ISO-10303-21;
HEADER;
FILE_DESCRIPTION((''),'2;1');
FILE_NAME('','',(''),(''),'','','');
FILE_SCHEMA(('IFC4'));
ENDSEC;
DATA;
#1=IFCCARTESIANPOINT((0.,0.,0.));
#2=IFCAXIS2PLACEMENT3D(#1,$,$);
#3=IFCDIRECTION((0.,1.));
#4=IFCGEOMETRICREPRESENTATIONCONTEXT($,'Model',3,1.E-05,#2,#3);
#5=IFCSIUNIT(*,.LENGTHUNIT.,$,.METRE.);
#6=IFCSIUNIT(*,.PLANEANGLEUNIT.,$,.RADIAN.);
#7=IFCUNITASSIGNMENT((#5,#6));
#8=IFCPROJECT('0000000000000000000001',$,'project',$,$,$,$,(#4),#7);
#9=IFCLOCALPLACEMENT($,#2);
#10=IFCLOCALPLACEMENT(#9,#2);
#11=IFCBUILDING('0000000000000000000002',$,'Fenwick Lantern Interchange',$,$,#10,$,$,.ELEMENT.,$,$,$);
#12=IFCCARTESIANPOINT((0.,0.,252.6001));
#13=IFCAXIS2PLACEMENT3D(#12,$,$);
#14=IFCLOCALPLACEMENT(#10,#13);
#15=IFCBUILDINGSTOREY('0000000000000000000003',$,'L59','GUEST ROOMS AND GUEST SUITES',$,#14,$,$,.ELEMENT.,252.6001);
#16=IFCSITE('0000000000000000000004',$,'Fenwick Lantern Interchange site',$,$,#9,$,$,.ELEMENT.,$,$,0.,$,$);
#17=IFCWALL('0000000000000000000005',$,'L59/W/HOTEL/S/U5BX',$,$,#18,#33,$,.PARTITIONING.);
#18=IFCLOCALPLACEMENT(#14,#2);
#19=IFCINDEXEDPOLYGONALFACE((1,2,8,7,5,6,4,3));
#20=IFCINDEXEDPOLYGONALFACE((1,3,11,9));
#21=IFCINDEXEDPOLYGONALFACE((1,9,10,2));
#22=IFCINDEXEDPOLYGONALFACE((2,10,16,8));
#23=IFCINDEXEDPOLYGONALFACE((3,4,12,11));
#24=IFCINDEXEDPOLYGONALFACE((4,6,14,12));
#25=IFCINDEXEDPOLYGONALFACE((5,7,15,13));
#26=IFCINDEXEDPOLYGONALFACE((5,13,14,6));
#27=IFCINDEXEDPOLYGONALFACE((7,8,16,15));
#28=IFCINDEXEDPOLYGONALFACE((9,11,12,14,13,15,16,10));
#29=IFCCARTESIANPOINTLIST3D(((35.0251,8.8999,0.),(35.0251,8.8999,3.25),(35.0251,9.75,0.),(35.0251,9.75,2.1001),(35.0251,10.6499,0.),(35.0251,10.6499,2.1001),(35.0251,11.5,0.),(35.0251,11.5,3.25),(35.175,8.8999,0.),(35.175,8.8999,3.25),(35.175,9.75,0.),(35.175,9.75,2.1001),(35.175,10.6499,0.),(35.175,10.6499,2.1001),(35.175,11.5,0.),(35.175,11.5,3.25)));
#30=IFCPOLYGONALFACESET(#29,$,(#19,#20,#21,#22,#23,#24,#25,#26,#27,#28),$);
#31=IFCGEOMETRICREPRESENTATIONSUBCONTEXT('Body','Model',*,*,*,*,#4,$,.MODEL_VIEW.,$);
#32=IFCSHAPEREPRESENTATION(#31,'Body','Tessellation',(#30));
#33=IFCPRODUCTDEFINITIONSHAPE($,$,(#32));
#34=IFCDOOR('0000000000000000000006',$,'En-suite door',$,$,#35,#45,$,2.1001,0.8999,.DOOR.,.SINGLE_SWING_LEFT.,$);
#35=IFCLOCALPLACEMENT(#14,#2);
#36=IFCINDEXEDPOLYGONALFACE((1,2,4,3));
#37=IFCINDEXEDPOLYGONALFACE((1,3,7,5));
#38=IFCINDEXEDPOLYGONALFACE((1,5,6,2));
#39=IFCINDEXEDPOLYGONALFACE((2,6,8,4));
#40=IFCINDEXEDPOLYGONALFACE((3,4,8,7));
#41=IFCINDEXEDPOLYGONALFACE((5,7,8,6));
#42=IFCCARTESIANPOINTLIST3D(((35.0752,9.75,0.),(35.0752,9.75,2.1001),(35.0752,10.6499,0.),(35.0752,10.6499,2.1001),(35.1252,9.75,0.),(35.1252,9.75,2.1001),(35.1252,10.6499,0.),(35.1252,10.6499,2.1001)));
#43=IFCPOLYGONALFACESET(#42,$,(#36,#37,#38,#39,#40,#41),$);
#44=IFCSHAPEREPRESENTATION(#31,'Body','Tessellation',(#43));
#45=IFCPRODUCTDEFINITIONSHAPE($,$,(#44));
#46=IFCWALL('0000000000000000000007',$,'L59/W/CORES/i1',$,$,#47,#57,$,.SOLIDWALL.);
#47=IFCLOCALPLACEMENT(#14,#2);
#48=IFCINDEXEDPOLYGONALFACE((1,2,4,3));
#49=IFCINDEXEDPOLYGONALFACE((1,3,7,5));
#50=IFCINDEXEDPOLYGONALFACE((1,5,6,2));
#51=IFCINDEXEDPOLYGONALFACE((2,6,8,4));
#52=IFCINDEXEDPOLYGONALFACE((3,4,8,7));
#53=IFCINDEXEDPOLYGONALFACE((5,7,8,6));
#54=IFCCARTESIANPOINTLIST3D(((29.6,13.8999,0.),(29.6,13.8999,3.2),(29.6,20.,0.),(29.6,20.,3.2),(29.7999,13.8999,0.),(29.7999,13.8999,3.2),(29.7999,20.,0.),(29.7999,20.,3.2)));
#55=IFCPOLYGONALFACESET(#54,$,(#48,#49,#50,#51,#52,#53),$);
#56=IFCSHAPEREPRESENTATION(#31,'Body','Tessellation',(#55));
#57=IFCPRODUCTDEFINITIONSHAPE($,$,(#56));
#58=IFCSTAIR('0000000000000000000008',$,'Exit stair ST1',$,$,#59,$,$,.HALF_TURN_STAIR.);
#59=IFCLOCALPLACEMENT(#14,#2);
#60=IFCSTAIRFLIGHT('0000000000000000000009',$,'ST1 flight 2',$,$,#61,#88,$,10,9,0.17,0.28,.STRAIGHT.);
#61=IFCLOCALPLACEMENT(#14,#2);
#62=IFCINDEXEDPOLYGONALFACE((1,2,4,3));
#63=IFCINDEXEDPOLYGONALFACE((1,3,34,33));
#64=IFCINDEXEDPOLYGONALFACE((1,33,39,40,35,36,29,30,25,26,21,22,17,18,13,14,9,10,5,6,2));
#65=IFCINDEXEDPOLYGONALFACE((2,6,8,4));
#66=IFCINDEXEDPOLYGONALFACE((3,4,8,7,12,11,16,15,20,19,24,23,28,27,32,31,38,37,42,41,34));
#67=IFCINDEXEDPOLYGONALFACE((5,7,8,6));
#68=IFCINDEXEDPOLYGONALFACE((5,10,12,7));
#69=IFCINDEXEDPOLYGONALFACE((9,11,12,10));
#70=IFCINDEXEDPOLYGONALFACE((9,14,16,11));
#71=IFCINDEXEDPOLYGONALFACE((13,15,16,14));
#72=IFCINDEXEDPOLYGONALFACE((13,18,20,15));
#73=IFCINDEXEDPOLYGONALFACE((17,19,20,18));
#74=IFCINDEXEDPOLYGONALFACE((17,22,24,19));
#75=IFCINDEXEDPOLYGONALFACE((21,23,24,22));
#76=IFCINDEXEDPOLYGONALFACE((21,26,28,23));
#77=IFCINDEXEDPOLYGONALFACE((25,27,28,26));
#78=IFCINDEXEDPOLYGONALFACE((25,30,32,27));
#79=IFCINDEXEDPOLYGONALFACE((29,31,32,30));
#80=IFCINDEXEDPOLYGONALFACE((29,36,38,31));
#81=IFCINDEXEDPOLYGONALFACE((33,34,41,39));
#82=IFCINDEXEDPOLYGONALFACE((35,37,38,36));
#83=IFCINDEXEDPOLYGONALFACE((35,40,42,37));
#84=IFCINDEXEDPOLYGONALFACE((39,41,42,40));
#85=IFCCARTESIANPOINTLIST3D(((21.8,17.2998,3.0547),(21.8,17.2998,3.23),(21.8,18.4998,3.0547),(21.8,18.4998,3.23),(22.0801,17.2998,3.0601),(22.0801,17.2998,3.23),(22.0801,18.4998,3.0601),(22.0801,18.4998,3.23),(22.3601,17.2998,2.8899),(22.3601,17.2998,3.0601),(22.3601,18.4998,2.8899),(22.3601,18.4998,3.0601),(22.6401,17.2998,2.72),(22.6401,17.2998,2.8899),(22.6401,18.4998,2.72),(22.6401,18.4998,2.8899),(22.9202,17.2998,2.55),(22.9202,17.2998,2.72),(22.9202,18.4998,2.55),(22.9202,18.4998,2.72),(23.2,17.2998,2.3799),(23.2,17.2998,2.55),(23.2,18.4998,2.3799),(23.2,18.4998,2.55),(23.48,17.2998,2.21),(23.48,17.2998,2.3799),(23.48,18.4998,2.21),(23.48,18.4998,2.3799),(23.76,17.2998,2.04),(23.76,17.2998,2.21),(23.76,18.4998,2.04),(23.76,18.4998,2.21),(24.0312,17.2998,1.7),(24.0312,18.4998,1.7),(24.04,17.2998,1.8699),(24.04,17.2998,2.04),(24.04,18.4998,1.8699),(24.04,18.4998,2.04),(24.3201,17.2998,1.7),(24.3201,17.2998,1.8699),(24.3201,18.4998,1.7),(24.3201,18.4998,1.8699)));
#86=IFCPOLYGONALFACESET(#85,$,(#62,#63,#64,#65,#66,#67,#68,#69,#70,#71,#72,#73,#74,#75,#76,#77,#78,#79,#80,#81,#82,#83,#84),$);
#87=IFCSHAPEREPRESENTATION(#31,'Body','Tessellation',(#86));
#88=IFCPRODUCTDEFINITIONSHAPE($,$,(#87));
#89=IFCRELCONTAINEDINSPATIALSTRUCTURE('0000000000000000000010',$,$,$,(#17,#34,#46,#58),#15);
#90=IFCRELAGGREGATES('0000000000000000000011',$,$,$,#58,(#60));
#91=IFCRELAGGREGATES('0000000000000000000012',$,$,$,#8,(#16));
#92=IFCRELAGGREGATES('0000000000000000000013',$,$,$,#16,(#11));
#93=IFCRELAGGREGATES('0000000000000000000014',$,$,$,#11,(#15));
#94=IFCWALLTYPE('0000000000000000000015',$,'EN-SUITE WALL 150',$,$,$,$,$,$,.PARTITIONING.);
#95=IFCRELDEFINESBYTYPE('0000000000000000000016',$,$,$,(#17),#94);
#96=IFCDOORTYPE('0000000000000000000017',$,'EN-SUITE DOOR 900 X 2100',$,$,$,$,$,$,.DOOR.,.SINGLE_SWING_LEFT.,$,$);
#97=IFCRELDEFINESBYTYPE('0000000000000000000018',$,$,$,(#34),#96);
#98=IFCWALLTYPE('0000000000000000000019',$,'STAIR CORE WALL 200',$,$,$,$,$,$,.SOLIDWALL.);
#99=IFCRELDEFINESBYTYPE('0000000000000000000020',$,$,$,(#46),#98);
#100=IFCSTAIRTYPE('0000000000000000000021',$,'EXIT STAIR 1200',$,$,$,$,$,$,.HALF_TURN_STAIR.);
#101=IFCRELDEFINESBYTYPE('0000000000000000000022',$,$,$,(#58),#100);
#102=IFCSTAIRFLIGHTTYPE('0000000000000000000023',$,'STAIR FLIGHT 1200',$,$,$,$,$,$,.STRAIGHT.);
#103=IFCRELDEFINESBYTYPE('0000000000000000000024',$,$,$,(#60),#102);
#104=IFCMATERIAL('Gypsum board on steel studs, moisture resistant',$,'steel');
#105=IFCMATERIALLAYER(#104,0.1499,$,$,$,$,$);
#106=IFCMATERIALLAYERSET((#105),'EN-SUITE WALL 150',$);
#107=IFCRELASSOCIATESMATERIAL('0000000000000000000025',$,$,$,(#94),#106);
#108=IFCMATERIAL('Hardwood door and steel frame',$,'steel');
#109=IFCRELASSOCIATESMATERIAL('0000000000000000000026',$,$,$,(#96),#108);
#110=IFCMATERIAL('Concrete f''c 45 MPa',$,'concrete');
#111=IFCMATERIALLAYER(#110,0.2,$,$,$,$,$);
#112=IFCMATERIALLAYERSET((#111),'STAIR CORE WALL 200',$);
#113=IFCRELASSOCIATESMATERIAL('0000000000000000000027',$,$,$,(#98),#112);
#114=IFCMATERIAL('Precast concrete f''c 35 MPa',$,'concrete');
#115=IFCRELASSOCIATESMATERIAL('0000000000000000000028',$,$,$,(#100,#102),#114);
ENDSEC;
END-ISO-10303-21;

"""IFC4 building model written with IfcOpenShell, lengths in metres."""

from ifc_helpers import new_model, si_unit, direction, frame, frame_2d, origin, place, context, subcontext, project, spatial, polyline, rectangle, outline, extrude, material, layer, layer_set, type_object, element, fill, aggregate, save


model = new_model("IFC4")

# Units and contexts
model_context = context("Model", 3, precision=1e-05, world=origin(), true_north=direction((0.0, 1.0)))
body_context = subcontext(model_context, "Body", "Model", "MODEL_VIEW")
ifc_project = project(units=[si_unit("LENGTHUNIT", "METRE"), si_unit("PLANEANGLEUNIT", "RADIAN")], contexts=[model_context])

# Site, building, storey
site_placement = place(None, origin())
site = spatial("IfcSite", under=ifc_project, at=site_placement, Name="Fenwick Lantern Interchange site", CompositionType="ELEMENT", RefElevation=0.0)
building_placement = place(site_placement, origin())
building = spatial("IfcBuilding", under=site, at=building_placement, Name="Fenwick Lantern Interchange", CompositionType="ELEMENT")
storey_placement = place(building_placement, frame((0.0, 0.0, 252.6001)))
storey = spatial("IfcBuildingStorey", under=building, at=storey_placement, Name="L59", Description="GUEST ROOMS AND GUEST SUITES", CompositionType="ELEMENT", Elevation=252.6001)

# Shared definitions
ifc_material_1 = material(Name="Gypsum board on steel studs, moisture resistant", Category="steel")
ifc_layer_1 = layer(ifc_material_1, 0.1499)
ifc_layer_set_1 = layer_set([ifc_layer_1], Name="EN-SUITE WALL 150")
wall_type_1 = type_object("IfcWallType", Name="EN-SUITE WALL 150", PredefinedType="PARTITIONING", material=ifc_layer_set_1)

# Shared definitions
ifc_material_2 = material(Name="Hardwood door and steel frame", Category="steel")

# Wall, opening, door
wall_1_placement = place(storey_placement, frame((35.1001, 8.8999, 0.0), z_axis=(0.0, 0.0, 1.0), x_axis=(0.0, 1.0, 0.0)))
wall_1 = element("IfcWall", 1, at=wall_1_placement, inside=storey, type_object=wall_type_1, Name="L59/W/HOTEL/S/U5BX", PredefinedType="PARTITIONING", context=body_context, shape_type="SweptSolid", body=[
    extrude(rectangle(XDim=2.6001, YDim=0.1499, at=frame_2d((1.3, 0.0))), origin(), (0.0, 0.0, 1.0), 3.25),
])
opening_1_placement = place(wall_1_placement, frame((0.8501, 0.0, 0.0)))
opening_1 = element("IfcOpeningElement", 2, at=opening_1_placement, cuts=wall_1, PredefinedType="OPENING", context=body_context, shape_type="SweptSolid", body=[
    extrude(rectangle(XDim=0.8999, YDim=2.1001, at=frame_2d((0.45, 1.05))), frame((0.0, 0.085, 0.0), z_axis=(0.0, -1.0, 0.0), x_axis=(1.0, 0.0, 0.0)), (0.0, 0.0, 1.0), 0.1699),
])
door_type_1 = type_object("IfcDoorType", Name="EN-SUITE DOOR 900 X 2100", OperationType="SINGLE_SWING_LEFT", PredefinedType="DOOR", material=ifc_material_2)
door_1_placement = place(opening_1_placement, origin())
door_1 = element("IfcDoor", 3, at=door_1_placement, inside=storey, type_object=door_type_1, Name="En-suite door", OperationType="SINGLE_SWING_LEFT", OverallHeight=2.1001, OverallWidth=0.8999, PredefinedType="DOOR", context=body_context, shape_type="SweptSolid", body=[
    extrude(rectangle(XDim=0.8999, YDim=2.1001, at=frame_2d((0.45, 1.05))), frame((0.0, 0.0249, 0.0), z_axis=(0.0, -1.0, 0.0), x_axis=(1.0, 0.0, 0.0)), (0.0, 0.0, 1.0), 0.05),
])
fill(opening_1, door_1)

# Wall
ifc_material_3 = material(Name="Concrete f'c 45 MPa", Category="concrete")
ifc_layer_2 = layer(ifc_material_3, 0.2)
ifc_layer_set_2 = layer_set([ifc_layer_2], Name="STAIR CORE WALL 200")
wall_type_2 = type_object("IfcWallType", Name="STAIR CORE WALL 200", PredefinedType="SOLIDWALL", material=ifc_layer_set_2)
wall_2_placement = place(storey_placement, frame((29.7, 13.8999, 0.0), z_axis=(0.0, 0.0, 1.0), x_axis=(0.0, 1.0, 0.0)))
element("IfcWall", 4, at=wall_2_placement, inside=storey, type_object=wall_type_2, Name="L59/W/CORES/i1", PredefinedType="SOLIDWALL", context=body_context, shape_type="SweptSolid", body=[
    extrude(rectangle(XDim=6.1001, YDim=0.2, at=frame_2d((3.05, 0.0))), origin(), (0.0, 0.0, 1.0), 3.2),
])

# Stair, stair flight
ifc_material_4 = material(Name="Precast concrete f'c 35 MPa", Category="concrete")
stair_type = type_object("IfcStairType", Name="EXIT STAIR 1200", PredefinedType="HALF_TURN_STAIR", material=ifc_material_4)
stair_placement = place(storey_placement, origin())
stair = element("IfcStair", 5, at=stair_placement, inside=storey, type_object=stair_type, Name="Exit stair ST1", PredefinedType="HALF_TURN_STAIR")
stair_flight_type = type_object("IfcStairFlightType", Name="STAIR FLIGHT 1200", PredefinedType="STRAIGHT", material=ifc_material_4)
stair_flight_placement = place(storey_placement, frame((24.3201, 17.8999, 1.7), z_axis=(0.0, 0.0, 1.0), x_axis=(-1.0, 0.0, 0.0)))
stair_flight = element("IfcStairFlight", 6, at=stair_flight_placement, type_object=stair_flight_type, Name="ST1 flight 2", NumberOfRisers=10, NumberOfTreads=9, PredefinedType="STRAIGHT", RiserHeight=0.17, TreadLength=0.28, context=body_context, shape_type="SweptSolid", body=[
    extrude(outline(polyline([(0.0, 0.0), (0.0, 0.1699), (0.28, 0.1699), (0.28, 0.3401), (0.5601, 0.3401), (0.5601, 0.51), (0.8401, 0.51), (0.8401, 0.6799), (1.1201, 0.6799), (1.1201, 0.8501), (1.3999, 0.8501), (1.3999, 1.02), (1.6799, 1.02), (1.6799, 1.1899), (1.96, 1.1899), (1.96, 1.3601), (2.24, 1.3601), (2.24, 1.53), (2.52, 1.53), (2.52, 1.7), (2.52, 1.3547), (0.2888, 0.0), (0.0, 0.0)])), frame((0.0, 0.6001, 0.0), z_axis=(0.0, -1.0, 0.0), x_axis=(1.0, 0.0, 0.0)), (0.0, 0.0, 1.0), 1.2),
])
aggregate(stair, [stair_flight])

save(model, "model.ifc")
